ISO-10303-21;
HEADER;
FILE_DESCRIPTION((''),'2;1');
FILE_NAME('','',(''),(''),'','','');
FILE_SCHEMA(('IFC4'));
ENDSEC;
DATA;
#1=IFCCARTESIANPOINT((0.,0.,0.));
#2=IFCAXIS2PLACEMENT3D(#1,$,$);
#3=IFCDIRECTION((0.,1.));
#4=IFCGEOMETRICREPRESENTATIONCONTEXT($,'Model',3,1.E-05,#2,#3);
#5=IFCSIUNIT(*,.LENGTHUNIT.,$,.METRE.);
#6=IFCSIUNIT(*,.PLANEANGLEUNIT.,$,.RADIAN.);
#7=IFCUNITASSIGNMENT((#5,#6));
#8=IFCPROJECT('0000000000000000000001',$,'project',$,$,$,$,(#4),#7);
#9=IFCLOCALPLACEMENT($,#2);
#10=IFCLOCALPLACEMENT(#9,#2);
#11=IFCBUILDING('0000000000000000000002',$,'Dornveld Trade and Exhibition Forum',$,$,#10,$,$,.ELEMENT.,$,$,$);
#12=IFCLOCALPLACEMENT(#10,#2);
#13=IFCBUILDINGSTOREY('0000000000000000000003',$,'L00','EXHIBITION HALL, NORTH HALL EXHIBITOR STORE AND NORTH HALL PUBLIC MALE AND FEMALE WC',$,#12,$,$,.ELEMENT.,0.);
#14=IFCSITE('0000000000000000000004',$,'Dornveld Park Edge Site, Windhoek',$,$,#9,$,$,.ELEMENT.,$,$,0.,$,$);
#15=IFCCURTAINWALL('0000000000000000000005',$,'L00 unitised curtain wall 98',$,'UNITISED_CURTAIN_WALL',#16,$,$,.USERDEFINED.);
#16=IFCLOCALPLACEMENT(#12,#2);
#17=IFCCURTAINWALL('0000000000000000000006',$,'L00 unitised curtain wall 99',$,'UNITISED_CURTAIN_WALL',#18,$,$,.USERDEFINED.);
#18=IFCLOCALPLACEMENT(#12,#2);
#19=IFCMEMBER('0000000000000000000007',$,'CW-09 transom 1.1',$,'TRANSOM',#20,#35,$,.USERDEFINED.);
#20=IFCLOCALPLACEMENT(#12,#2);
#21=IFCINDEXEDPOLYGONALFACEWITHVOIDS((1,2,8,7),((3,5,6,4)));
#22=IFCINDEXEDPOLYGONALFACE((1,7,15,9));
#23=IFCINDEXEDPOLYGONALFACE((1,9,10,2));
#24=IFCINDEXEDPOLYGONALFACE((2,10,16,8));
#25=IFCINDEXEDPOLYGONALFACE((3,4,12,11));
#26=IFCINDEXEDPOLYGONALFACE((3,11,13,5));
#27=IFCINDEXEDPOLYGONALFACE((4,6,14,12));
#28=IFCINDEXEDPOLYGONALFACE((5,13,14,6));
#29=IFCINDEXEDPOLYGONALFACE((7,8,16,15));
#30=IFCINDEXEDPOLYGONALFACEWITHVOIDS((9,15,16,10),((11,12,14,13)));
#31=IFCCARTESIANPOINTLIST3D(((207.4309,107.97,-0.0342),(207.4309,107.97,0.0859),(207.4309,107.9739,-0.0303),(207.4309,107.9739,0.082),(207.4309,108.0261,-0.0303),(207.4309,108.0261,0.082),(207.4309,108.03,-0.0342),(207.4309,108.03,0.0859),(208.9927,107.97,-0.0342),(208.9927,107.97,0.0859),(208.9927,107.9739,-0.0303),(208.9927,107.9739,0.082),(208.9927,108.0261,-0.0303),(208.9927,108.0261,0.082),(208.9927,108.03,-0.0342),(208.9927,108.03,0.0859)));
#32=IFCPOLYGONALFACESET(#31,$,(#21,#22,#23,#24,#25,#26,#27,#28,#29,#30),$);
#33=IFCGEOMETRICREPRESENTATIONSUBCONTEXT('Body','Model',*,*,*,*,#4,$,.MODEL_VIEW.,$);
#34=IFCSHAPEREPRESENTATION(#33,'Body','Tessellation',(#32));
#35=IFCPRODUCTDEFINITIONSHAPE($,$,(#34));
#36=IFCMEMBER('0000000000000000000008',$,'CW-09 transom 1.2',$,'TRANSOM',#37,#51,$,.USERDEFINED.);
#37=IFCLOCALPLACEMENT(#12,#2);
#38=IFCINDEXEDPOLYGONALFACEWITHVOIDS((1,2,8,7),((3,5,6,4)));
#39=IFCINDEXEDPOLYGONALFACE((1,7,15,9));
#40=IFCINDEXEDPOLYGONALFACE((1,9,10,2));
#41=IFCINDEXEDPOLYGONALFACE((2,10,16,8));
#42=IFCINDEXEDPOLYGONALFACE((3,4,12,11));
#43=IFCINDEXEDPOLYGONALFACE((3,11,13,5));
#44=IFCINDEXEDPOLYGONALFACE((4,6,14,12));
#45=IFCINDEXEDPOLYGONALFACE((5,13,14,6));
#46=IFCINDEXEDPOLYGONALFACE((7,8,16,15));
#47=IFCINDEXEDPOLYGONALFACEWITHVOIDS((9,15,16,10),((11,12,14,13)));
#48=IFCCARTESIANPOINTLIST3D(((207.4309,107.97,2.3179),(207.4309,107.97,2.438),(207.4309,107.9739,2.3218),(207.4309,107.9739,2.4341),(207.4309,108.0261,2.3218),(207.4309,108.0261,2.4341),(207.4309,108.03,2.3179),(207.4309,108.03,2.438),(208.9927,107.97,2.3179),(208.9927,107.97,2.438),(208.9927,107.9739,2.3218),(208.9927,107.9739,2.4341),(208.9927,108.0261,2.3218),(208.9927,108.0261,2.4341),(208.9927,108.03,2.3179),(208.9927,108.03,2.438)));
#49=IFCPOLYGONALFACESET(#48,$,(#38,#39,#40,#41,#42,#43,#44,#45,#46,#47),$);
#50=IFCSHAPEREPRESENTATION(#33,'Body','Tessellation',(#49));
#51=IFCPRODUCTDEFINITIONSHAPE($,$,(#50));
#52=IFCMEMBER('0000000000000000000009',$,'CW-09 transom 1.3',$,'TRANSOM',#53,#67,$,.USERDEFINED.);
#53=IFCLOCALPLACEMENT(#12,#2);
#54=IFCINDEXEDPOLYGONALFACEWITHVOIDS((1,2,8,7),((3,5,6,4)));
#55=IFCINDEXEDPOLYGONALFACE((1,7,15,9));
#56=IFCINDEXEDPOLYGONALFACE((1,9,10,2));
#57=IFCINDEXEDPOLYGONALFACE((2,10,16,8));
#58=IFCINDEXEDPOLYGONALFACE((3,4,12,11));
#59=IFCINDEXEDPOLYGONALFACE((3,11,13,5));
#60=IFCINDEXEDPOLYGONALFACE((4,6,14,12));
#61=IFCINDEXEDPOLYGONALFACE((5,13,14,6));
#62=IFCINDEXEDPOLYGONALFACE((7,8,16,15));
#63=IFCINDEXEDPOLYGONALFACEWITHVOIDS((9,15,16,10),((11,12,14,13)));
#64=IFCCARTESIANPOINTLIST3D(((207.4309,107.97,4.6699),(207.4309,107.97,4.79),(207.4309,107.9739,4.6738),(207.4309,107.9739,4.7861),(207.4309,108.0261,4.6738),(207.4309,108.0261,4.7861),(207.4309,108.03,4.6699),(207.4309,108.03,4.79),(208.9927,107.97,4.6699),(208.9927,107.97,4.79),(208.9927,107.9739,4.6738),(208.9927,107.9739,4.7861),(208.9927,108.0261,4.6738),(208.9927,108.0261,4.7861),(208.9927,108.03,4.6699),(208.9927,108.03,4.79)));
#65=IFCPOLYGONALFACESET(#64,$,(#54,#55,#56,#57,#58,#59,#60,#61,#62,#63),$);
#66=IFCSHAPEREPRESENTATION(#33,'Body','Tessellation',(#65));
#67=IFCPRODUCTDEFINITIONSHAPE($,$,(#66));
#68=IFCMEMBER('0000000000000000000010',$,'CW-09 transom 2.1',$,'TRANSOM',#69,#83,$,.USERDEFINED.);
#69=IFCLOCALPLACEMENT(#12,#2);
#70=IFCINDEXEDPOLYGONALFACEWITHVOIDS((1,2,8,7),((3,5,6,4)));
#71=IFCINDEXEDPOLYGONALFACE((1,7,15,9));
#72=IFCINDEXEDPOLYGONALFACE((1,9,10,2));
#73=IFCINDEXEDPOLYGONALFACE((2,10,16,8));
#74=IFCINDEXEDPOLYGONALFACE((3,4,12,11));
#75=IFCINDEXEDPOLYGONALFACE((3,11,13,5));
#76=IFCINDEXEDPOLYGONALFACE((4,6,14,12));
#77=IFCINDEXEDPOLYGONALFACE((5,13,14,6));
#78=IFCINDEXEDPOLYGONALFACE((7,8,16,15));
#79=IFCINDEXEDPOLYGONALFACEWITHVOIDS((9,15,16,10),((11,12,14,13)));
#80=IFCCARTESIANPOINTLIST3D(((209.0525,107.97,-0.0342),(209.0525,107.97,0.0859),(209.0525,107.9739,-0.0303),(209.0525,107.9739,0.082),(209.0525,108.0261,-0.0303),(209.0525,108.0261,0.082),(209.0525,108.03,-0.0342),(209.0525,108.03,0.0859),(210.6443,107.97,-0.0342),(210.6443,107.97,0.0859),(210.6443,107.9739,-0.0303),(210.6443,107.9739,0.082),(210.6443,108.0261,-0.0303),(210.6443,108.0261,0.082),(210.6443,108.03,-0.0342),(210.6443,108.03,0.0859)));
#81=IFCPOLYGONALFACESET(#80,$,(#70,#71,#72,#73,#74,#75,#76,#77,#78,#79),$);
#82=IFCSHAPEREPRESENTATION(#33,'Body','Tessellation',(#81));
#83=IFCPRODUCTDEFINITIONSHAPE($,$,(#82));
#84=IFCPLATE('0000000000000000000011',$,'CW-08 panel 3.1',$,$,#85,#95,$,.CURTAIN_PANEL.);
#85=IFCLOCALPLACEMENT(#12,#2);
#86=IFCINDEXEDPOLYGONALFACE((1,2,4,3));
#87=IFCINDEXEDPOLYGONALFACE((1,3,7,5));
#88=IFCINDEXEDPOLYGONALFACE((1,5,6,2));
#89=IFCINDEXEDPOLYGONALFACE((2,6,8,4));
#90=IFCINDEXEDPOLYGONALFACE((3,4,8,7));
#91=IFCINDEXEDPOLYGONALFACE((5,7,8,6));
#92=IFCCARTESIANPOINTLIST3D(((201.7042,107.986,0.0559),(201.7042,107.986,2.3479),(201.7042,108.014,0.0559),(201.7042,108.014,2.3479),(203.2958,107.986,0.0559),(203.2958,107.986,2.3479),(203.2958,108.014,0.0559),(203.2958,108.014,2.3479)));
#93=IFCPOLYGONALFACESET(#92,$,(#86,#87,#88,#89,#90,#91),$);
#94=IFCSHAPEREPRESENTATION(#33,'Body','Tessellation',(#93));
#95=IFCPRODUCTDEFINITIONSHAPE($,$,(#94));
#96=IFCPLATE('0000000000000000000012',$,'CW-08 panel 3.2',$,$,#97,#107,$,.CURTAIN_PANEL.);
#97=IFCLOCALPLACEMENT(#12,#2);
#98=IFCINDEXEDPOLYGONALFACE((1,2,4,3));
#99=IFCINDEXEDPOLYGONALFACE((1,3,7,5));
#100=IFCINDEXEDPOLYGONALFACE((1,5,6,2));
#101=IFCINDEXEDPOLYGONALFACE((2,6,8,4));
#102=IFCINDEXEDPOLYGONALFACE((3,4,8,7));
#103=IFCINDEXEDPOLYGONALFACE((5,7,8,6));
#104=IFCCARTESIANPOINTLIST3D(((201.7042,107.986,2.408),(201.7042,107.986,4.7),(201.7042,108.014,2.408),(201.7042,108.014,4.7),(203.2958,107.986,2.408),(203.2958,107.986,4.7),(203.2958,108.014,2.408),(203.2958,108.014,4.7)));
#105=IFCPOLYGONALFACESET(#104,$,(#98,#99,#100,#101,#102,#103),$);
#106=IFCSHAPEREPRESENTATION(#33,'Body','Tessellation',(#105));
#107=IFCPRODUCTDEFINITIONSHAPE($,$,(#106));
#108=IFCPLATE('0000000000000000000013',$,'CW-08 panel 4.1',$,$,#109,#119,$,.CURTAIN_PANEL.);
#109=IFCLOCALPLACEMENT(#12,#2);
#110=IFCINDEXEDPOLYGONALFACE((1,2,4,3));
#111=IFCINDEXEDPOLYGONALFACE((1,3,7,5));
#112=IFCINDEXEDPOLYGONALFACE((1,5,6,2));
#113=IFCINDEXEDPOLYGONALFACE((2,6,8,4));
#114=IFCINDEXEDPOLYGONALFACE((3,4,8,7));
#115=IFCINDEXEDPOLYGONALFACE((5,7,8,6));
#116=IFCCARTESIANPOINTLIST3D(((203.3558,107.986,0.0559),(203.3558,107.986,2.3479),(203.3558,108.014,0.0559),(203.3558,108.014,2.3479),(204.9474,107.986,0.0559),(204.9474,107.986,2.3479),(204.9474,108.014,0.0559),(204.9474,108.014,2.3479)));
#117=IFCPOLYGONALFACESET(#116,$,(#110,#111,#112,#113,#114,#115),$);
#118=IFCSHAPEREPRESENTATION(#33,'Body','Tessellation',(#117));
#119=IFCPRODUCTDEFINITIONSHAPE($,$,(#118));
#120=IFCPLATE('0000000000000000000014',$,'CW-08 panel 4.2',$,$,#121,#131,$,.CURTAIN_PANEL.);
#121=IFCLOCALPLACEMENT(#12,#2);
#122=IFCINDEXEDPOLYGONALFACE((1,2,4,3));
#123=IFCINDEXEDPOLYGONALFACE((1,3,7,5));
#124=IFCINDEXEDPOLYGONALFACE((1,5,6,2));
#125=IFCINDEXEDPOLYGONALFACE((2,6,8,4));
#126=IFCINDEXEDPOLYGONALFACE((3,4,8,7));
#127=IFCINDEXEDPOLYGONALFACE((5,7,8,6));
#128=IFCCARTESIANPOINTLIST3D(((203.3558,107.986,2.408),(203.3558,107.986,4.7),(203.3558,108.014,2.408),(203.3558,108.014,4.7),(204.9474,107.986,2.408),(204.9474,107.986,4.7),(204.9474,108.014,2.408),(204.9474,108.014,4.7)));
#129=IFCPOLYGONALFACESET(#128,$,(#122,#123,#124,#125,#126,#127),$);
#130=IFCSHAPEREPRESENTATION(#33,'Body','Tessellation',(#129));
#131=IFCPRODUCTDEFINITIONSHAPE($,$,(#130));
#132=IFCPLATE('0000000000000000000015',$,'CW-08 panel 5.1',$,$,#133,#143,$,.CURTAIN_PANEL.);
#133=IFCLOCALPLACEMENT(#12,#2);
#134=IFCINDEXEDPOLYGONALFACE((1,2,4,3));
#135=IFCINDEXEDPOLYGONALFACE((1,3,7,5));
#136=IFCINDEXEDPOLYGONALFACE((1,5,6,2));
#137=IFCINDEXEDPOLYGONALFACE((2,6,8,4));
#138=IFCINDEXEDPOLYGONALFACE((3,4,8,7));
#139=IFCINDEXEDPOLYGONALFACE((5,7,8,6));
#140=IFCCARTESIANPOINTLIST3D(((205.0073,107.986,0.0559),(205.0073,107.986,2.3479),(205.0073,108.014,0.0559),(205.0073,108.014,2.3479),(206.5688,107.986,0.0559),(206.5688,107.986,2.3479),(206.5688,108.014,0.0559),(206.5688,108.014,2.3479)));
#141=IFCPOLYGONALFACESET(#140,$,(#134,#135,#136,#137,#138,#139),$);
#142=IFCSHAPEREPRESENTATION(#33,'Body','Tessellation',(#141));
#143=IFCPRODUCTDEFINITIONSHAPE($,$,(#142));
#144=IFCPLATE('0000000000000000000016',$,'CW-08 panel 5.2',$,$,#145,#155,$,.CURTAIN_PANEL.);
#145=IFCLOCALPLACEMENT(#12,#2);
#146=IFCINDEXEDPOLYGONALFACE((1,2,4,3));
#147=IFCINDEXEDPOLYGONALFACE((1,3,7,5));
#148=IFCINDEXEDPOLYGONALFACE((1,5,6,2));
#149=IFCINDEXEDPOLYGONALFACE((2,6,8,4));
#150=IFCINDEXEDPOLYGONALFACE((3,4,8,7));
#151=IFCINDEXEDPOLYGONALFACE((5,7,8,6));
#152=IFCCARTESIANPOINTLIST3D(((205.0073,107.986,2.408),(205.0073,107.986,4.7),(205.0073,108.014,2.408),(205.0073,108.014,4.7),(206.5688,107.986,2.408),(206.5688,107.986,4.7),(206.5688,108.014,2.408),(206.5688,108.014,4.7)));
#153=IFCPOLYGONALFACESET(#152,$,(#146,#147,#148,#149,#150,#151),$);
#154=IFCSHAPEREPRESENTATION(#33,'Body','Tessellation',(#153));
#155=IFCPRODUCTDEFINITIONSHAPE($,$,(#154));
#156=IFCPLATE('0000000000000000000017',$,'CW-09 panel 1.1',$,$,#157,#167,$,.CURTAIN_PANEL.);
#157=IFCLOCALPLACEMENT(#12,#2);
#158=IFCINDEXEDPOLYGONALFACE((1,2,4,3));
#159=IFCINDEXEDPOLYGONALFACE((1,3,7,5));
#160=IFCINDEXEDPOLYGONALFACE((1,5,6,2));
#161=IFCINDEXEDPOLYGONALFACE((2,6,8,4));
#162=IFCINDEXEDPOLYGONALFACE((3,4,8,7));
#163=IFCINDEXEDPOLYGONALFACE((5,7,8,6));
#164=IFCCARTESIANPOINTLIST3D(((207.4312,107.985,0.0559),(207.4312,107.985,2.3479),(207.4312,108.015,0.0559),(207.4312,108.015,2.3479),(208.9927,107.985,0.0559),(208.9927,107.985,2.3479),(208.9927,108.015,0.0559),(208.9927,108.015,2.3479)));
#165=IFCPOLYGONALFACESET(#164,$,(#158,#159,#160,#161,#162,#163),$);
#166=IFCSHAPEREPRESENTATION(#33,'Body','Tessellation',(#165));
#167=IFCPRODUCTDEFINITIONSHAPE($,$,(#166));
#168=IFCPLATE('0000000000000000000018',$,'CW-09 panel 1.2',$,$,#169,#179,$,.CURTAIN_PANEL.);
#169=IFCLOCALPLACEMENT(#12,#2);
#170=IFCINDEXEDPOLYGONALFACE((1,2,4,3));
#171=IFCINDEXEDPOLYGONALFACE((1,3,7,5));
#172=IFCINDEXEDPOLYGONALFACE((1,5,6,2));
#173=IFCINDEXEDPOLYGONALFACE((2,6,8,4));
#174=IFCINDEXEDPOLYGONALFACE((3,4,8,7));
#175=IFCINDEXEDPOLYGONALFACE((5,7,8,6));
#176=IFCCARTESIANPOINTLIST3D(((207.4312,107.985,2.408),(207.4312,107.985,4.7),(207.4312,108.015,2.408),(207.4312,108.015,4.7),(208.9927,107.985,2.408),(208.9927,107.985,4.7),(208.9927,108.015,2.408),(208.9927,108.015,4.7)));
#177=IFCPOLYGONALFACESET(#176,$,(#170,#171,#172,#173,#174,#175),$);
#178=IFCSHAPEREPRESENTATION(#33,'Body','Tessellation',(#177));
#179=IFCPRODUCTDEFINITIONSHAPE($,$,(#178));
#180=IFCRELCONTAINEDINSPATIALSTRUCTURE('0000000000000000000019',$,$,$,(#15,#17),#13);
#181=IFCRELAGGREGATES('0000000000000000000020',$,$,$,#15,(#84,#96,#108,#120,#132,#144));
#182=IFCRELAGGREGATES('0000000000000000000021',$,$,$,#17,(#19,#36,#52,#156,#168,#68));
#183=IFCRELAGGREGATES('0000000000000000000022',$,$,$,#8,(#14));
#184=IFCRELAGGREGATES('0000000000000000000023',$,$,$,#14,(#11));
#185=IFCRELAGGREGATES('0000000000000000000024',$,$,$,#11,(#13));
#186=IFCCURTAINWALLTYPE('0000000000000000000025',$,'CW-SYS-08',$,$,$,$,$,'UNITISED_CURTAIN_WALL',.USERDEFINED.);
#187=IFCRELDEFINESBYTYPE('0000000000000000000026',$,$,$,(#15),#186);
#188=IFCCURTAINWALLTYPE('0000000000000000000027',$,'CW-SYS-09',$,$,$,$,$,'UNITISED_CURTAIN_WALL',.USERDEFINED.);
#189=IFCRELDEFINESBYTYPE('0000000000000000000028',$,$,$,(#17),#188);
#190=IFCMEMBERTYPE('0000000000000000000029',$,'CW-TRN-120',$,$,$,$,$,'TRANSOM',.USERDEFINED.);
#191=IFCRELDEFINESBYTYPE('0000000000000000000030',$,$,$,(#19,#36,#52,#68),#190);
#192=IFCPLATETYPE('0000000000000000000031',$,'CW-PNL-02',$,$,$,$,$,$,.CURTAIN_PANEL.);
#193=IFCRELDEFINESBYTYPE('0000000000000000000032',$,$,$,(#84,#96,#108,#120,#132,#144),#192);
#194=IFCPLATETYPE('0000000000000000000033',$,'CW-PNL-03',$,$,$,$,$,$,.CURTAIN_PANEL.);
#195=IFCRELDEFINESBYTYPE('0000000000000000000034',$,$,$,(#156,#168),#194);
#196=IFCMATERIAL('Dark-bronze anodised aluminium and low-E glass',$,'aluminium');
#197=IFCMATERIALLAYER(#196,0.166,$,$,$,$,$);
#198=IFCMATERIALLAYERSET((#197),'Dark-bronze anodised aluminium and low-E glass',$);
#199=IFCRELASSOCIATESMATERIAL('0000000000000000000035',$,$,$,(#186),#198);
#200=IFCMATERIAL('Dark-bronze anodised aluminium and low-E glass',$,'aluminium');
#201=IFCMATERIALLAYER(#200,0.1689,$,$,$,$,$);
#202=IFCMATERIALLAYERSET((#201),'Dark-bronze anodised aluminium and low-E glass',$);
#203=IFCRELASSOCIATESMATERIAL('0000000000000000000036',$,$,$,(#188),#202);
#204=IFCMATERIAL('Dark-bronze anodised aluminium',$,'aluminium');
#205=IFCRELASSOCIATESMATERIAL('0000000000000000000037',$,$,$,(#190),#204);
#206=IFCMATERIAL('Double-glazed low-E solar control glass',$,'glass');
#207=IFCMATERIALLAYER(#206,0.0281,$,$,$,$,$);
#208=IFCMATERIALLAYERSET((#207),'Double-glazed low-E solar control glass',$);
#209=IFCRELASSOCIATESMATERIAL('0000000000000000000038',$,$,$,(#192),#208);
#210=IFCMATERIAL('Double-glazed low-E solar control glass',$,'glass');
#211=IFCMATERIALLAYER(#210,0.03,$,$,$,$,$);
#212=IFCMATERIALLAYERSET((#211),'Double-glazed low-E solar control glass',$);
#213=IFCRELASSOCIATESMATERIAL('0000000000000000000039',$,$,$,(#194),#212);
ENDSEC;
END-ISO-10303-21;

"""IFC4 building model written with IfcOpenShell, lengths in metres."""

from ifc_helpers import new_model, si_unit, direction, frame, origin, origin_2d, place, context, subcontext, project, spatial, rectangle, hollow_rectangle, extrude, material, layer, layer_set, material_profile, profile_set, type_object, element, aggregate, save


model = new_model("IFC4")

# Units and contexts
model_context = context("Model", 3, precision=1e-05, world=origin(), true_north=direction((0.0, 1.0)))
body_context = subcontext(model_context, "Body", "Model", "MODEL_VIEW")
ifc_project = project(units=[si_unit("LENGTHUNIT", "METRE"), si_unit("PLANEANGLEUNIT", "RADIAN")], contexts=[model_context])

# Site, building, storey
site_placement = place(None, origin())
site = spatial("IfcSite", under=ifc_project, at=site_placement, Name="Dornveld Park Edge Site, Windhoek", CompositionType="ELEMENT", RefElevation=0.0)
building_placement = place(site_placement, origin())
building = spatial("IfcBuilding", under=site, at=building_placement, Name="Dornveld Trade and Exhibition Forum", CompositionType="ELEMENT")
storey_placement = place(building_placement, origin())
storey = spatial("IfcBuildingStorey", under=building, at=storey_placement, Name="L00", Description="EXHIBITION HALL, NORTH HALL EXHIBITOR STORE AND NORTH HALL PUBLIC MALE AND FEMALE WC", CompositionType="ELEMENT", Elevation=0.0)

# Curtain walls
ifc_material_1 = material(Name="Dark-bronze anodised aluminium and low-E glass", Category="aluminium")
ifc_layer_1 = layer(ifc_material_1, 0.166)
ifc_layer_set_1 = layer_set([ifc_layer_1], Name="Dark-bronze anodised aluminium and low-E glass")
curtain_wall_type_1 = type_object("IfcCurtainWallType", Name="CW-SYS-08", ElementType="UNITISED_CURTAIN_WALL", PredefinedType="USERDEFINED", material=ifc_layer_set_1)
curtain_wall_1_placement = place(storey_placement, origin())
curtain_wall_1 = element("IfcCurtainWall", 1, at=curtain_wall_1_placement, inside=storey, type_object=curtain_wall_type_1, Name="L00 unitised curtain wall 98", ObjectType="UNITISED_CURTAIN_WALL", PredefinedType="USERDEFINED")
ifc_material_2 = material(Name="Dark-bronze anodised aluminium and low-E glass", Category="aluminium")
ifc_layer_2 = layer(ifc_material_2, 0.1689)
ifc_layer_set_2 = layer_set([ifc_layer_2], Name="Dark-bronze anodised aluminium and low-E glass")
curtain_wall_type_2 = type_object("IfcCurtainWallType", Name="CW-SYS-09", ElementType="UNITISED_CURTAIN_WALL", PredefinedType="USERDEFINED", material=ifc_layer_set_2)
curtain_wall_2_placement = place(storey_placement, origin())
curtain_wall_2 = element("IfcCurtainWall", 2, at=curtain_wall_2_placement, inside=storey, type_object=curtain_wall_type_2, Name="L00 unitised curtain wall 99", ObjectType="UNITISED_CURTAIN_WALL", PredefinedType="USERDEFINED")

# Members
ifc_material_3 = material(Name="Dark-bronze anodised aluminium", Category="aluminium")
ifc_material_profile_1 = material_profile(ifc_material_3, hollow_rectangle(XDim=0.0601, YDim=0.1201, WallThickness=0.0039, at=origin_2d()), Name="RHS 120x60x4")
ifc_profile_set_1 = profile_set([ifc_material_profile_1], Name="Dark-bronze anodised aluminium")
member_type_1 = type_object("IfcMemberType", Name="CW-TRN-120", ElementType="TRANSOM", PredefinedType="USERDEFINED", material=ifc_profile_set_1)
member_1_placement = place(storey_placement, frame((207.4309, 108.0, 0.0259), z_axis=(1.0, 0.0, 0.0), x_axis=(0.0, 1.0, 0.0)))
member_1 = element("IfcMember", 3, at=member_1_placement, type_object=member_type_1, Name="CW-09 transom 1.1", ObjectType="TRANSOM", PredefinedType="USERDEFINED", context=body_context, shape_type="SweptSolid", body=[
    extrude(hollow_rectangle(XDim=0.0601, YDim=0.1201, WallThickness=0.0039, at=origin_2d()), origin(), (0.0, 0.0, 1.0), 1.5618),
])
member_2_placement = place(storey_placement, frame((207.4309, 108.0, 2.3779), z_axis=(1.0, 0.0, 0.0), x_axis=(0.0, 1.0, 0.0)))
member_2 = element("IfcMember", 4, at=member_2_placement, type_object=member_type_1, Name="CW-09 transom 1.2", ObjectType="TRANSOM", PredefinedType="USERDEFINED", context=body_context, shape_type="SweptSolid", body=[
    extrude(hollow_rectangle(XDim=0.0601, YDim=0.1201, WallThickness=0.0039, at=origin_2d()), origin(), (0.0, 0.0, 1.0), 1.5618),
])
member_3_placement = place(storey_placement, frame((207.4309, 108.0, 4.73), z_axis=(1.0, 0.0, 0.0), x_axis=(0.0, 1.0, 0.0)))
member_3 = element("IfcMember", 5, at=member_3_placement, type_object=member_type_1, Name="CW-09 transom 1.3", ObjectType="TRANSOM", PredefinedType="USERDEFINED", context=body_context, shape_type="SweptSolid", body=[
    extrude(hollow_rectangle(XDim=0.0601, YDim=0.1201, WallThickness=0.0039, at=origin_2d()), origin(), (0.0, 0.0, 1.0), 1.5618),
])
member_4_placement = place(storey_placement, frame((209.0525, 108.0, 0.0259), z_axis=(1.0, 0.0, 0.0), x_axis=(0.0, 1.0, 0.0)))
member_4 = element("IfcMember", 6, at=member_4_placement, type_object=member_type_1, Name="CW-09 transom 2.1", ObjectType="TRANSOM", PredefinedType="USERDEFINED", context=body_context, shape_type="SweptSolid", body=[
    extrude(hollow_rectangle(XDim=0.0601, YDim=0.1201, WallThickness=0.0039, at=origin_2d()), origin(), (0.0, 0.0, 1.0), 1.5918),
])

# Plates
ifc_material_4 = material(Name="Double-glazed low-E solar control glass", Category="glass")
ifc_layer_3 = layer(ifc_material_4, 0.0281)
ifc_layer_set_3 = layer_set([ifc_layer_3], Name="Double-glazed low-E solar control glass")
plate_type_1 = type_object("IfcPlateType", Name="CW-PNL-02", PredefinedType="CURTAIN_PANEL", material=ifc_layer_set_3)
plate_1_placement = place(storey_placement, frame((202.5, 108.0, 0.0559), z_axis=(0.0, 0.0, 1.0), x_axis=(1.0, 0.0, 0.0)))
plate_1 = element("IfcPlate", 7, at=plate_1_placement, type_object=plate_type_1, Name="CW-08 panel 3.1", PredefinedType="CURTAIN_PANEL", context=body_context, shape_type="SweptSolid", body=[
    extrude(rectangle(XDim=1.5916, YDim=0.0281, at=origin_2d()), origin(), (0.0, 0.0, 1.0), 2.292),
])
plate_2_placement = place(storey_placement, frame((202.5, 108.0, 2.408), z_axis=(0.0, 0.0, 1.0), x_axis=(1.0, 0.0, 0.0)))
plate_2 = element("IfcPlate", 8, at=plate_2_placement, type_object=plate_type_1, Name="CW-08 panel 3.2", PredefinedType="CURTAIN_PANEL", context=body_context, shape_type="SweptSolid", body=[
    extrude(rectangle(XDim=1.5916, YDim=0.0281, at=origin_2d()), origin(), (0.0, 0.0, 1.0), 2.292),
])
plate_3_placement = place(storey_placement, frame((204.1516, 108.0, 0.0559), z_axis=(0.0, 0.0, 1.0), x_axis=(1.0, 0.0, 0.0)))
plate_3 = element("IfcPlate", 9, at=plate_3_placement, type_object=plate_type_1, Name="CW-08 panel 4.1", PredefinedType="CURTAIN_PANEL", context=body_context, shape_type="SweptSolid", body=[
    extrude(rectangle(XDim=1.5916, YDim=0.0281, at=origin_2d()), origin(), (0.0, 0.0, 1.0), 2.292),
])
plate_4_placement = place(storey_placement, frame((204.1516, 108.0, 2.408), z_axis=(0.0, 0.0, 1.0), x_axis=(1.0, 0.0, 0.0)))
plate_4 = element("IfcPlate", 10, at=plate_4_placement, type_object=plate_type_1, Name="CW-08 panel 4.2", PredefinedType="CURTAIN_PANEL", context=body_context, shape_type="SweptSolid", body=[
    extrude(rectangle(XDim=1.5916, YDim=0.0281, at=origin_2d()), origin(), (0.0, 0.0, 1.0), 2.292),
])
plate_5_placement = place(storey_placement, frame((205.7881, 108.0, 0.0559), z_axis=(0.0, 0.0, 1.0), x_axis=(1.0, 0.0, 0.0)))
plate_5 = element("IfcPlate", 11, at=plate_5_placement, type_object=plate_type_1, Name="CW-08 panel 5.1", PredefinedType="CURTAIN_PANEL", context=body_context, shape_type="SweptSolid", body=[
    extrude(rectangle(XDim=1.5615, YDim=0.0281, at=origin_2d()), origin(), (0.0, 0.0, 1.0), 2.292),
])
plate_6_placement = place(storey_placement, frame((205.7881, 108.0, 2.408), z_axis=(0.0, 0.0, 1.0), x_axis=(1.0, 0.0, 0.0)))
plate_6 = element("IfcPlate", 12, at=plate_6_placement, type_object=plate_type_1, Name="CW-08 panel 5.2", PredefinedType="CURTAIN_PANEL", context=body_context, shape_type="SweptSolid", body=[
    extrude(rectangle(XDim=1.5615, YDim=0.0281, at=origin_2d()), origin(), (0.0, 0.0, 1.0), 2.292),
])
aggregate(curtain_wall_1, [plate_1, plate_2, plate_3, plate_4, plate_5, plate_6])
ifc_material_5 = material(Name="Double-glazed low-E solar control glass", Category="glass")
ifc_layer_4 = layer(ifc_material_5, 0.03)
ifc_layer_set_4 = layer_set([ifc_layer_4], Name="Double-glazed low-E solar control glass")
plate_type_2 = type_object("IfcPlateType", Name="CW-PNL-03", PredefinedType="CURTAIN_PANEL", material=ifc_layer_set_4)
plate_7_placement = place(storey_placement, frame((208.2119, 108.0, 0.0559), z_axis=(0.0, 0.0, 1.0), x_axis=(1.0, 0.0, 0.0)))
plate_7 = element("IfcPlate", 13, at=plate_7_placement, type_object=plate_type_2, Name="CW-09 panel 1.1", PredefinedType="CURTAIN_PANEL", context=body_context, shape_type="SweptSolid", body=[
    extrude(rectangle(XDim=1.5615, YDim=0.03, at=origin_2d()), origin(), (0.0, 0.0, 1.0), 2.292),
])
plate_8_placement = place(storey_placement, frame((208.2119, 108.0, 2.408), z_axis=(0.0, 0.0, 1.0), x_axis=(1.0, 0.0, 0.0)))
plate_8 = element("IfcPlate", 14, at=plate_8_placement, type_object=plate_type_2, Name="CW-09 panel 1.2", PredefinedType="CURTAIN_PANEL", context=body_context, shape_type="SweptSolid", body=[
    extrude(rectangle(XDim=1.5615, YDim=0.03, at=origin_2d()), origin(), (0.0, 0.0, 1.0), 2.292),
])
aggregate(curtain_wall_2, [member_1, member_2, member_3, plate_7, plate_8, member_4])

save(model, "model.ifc")
